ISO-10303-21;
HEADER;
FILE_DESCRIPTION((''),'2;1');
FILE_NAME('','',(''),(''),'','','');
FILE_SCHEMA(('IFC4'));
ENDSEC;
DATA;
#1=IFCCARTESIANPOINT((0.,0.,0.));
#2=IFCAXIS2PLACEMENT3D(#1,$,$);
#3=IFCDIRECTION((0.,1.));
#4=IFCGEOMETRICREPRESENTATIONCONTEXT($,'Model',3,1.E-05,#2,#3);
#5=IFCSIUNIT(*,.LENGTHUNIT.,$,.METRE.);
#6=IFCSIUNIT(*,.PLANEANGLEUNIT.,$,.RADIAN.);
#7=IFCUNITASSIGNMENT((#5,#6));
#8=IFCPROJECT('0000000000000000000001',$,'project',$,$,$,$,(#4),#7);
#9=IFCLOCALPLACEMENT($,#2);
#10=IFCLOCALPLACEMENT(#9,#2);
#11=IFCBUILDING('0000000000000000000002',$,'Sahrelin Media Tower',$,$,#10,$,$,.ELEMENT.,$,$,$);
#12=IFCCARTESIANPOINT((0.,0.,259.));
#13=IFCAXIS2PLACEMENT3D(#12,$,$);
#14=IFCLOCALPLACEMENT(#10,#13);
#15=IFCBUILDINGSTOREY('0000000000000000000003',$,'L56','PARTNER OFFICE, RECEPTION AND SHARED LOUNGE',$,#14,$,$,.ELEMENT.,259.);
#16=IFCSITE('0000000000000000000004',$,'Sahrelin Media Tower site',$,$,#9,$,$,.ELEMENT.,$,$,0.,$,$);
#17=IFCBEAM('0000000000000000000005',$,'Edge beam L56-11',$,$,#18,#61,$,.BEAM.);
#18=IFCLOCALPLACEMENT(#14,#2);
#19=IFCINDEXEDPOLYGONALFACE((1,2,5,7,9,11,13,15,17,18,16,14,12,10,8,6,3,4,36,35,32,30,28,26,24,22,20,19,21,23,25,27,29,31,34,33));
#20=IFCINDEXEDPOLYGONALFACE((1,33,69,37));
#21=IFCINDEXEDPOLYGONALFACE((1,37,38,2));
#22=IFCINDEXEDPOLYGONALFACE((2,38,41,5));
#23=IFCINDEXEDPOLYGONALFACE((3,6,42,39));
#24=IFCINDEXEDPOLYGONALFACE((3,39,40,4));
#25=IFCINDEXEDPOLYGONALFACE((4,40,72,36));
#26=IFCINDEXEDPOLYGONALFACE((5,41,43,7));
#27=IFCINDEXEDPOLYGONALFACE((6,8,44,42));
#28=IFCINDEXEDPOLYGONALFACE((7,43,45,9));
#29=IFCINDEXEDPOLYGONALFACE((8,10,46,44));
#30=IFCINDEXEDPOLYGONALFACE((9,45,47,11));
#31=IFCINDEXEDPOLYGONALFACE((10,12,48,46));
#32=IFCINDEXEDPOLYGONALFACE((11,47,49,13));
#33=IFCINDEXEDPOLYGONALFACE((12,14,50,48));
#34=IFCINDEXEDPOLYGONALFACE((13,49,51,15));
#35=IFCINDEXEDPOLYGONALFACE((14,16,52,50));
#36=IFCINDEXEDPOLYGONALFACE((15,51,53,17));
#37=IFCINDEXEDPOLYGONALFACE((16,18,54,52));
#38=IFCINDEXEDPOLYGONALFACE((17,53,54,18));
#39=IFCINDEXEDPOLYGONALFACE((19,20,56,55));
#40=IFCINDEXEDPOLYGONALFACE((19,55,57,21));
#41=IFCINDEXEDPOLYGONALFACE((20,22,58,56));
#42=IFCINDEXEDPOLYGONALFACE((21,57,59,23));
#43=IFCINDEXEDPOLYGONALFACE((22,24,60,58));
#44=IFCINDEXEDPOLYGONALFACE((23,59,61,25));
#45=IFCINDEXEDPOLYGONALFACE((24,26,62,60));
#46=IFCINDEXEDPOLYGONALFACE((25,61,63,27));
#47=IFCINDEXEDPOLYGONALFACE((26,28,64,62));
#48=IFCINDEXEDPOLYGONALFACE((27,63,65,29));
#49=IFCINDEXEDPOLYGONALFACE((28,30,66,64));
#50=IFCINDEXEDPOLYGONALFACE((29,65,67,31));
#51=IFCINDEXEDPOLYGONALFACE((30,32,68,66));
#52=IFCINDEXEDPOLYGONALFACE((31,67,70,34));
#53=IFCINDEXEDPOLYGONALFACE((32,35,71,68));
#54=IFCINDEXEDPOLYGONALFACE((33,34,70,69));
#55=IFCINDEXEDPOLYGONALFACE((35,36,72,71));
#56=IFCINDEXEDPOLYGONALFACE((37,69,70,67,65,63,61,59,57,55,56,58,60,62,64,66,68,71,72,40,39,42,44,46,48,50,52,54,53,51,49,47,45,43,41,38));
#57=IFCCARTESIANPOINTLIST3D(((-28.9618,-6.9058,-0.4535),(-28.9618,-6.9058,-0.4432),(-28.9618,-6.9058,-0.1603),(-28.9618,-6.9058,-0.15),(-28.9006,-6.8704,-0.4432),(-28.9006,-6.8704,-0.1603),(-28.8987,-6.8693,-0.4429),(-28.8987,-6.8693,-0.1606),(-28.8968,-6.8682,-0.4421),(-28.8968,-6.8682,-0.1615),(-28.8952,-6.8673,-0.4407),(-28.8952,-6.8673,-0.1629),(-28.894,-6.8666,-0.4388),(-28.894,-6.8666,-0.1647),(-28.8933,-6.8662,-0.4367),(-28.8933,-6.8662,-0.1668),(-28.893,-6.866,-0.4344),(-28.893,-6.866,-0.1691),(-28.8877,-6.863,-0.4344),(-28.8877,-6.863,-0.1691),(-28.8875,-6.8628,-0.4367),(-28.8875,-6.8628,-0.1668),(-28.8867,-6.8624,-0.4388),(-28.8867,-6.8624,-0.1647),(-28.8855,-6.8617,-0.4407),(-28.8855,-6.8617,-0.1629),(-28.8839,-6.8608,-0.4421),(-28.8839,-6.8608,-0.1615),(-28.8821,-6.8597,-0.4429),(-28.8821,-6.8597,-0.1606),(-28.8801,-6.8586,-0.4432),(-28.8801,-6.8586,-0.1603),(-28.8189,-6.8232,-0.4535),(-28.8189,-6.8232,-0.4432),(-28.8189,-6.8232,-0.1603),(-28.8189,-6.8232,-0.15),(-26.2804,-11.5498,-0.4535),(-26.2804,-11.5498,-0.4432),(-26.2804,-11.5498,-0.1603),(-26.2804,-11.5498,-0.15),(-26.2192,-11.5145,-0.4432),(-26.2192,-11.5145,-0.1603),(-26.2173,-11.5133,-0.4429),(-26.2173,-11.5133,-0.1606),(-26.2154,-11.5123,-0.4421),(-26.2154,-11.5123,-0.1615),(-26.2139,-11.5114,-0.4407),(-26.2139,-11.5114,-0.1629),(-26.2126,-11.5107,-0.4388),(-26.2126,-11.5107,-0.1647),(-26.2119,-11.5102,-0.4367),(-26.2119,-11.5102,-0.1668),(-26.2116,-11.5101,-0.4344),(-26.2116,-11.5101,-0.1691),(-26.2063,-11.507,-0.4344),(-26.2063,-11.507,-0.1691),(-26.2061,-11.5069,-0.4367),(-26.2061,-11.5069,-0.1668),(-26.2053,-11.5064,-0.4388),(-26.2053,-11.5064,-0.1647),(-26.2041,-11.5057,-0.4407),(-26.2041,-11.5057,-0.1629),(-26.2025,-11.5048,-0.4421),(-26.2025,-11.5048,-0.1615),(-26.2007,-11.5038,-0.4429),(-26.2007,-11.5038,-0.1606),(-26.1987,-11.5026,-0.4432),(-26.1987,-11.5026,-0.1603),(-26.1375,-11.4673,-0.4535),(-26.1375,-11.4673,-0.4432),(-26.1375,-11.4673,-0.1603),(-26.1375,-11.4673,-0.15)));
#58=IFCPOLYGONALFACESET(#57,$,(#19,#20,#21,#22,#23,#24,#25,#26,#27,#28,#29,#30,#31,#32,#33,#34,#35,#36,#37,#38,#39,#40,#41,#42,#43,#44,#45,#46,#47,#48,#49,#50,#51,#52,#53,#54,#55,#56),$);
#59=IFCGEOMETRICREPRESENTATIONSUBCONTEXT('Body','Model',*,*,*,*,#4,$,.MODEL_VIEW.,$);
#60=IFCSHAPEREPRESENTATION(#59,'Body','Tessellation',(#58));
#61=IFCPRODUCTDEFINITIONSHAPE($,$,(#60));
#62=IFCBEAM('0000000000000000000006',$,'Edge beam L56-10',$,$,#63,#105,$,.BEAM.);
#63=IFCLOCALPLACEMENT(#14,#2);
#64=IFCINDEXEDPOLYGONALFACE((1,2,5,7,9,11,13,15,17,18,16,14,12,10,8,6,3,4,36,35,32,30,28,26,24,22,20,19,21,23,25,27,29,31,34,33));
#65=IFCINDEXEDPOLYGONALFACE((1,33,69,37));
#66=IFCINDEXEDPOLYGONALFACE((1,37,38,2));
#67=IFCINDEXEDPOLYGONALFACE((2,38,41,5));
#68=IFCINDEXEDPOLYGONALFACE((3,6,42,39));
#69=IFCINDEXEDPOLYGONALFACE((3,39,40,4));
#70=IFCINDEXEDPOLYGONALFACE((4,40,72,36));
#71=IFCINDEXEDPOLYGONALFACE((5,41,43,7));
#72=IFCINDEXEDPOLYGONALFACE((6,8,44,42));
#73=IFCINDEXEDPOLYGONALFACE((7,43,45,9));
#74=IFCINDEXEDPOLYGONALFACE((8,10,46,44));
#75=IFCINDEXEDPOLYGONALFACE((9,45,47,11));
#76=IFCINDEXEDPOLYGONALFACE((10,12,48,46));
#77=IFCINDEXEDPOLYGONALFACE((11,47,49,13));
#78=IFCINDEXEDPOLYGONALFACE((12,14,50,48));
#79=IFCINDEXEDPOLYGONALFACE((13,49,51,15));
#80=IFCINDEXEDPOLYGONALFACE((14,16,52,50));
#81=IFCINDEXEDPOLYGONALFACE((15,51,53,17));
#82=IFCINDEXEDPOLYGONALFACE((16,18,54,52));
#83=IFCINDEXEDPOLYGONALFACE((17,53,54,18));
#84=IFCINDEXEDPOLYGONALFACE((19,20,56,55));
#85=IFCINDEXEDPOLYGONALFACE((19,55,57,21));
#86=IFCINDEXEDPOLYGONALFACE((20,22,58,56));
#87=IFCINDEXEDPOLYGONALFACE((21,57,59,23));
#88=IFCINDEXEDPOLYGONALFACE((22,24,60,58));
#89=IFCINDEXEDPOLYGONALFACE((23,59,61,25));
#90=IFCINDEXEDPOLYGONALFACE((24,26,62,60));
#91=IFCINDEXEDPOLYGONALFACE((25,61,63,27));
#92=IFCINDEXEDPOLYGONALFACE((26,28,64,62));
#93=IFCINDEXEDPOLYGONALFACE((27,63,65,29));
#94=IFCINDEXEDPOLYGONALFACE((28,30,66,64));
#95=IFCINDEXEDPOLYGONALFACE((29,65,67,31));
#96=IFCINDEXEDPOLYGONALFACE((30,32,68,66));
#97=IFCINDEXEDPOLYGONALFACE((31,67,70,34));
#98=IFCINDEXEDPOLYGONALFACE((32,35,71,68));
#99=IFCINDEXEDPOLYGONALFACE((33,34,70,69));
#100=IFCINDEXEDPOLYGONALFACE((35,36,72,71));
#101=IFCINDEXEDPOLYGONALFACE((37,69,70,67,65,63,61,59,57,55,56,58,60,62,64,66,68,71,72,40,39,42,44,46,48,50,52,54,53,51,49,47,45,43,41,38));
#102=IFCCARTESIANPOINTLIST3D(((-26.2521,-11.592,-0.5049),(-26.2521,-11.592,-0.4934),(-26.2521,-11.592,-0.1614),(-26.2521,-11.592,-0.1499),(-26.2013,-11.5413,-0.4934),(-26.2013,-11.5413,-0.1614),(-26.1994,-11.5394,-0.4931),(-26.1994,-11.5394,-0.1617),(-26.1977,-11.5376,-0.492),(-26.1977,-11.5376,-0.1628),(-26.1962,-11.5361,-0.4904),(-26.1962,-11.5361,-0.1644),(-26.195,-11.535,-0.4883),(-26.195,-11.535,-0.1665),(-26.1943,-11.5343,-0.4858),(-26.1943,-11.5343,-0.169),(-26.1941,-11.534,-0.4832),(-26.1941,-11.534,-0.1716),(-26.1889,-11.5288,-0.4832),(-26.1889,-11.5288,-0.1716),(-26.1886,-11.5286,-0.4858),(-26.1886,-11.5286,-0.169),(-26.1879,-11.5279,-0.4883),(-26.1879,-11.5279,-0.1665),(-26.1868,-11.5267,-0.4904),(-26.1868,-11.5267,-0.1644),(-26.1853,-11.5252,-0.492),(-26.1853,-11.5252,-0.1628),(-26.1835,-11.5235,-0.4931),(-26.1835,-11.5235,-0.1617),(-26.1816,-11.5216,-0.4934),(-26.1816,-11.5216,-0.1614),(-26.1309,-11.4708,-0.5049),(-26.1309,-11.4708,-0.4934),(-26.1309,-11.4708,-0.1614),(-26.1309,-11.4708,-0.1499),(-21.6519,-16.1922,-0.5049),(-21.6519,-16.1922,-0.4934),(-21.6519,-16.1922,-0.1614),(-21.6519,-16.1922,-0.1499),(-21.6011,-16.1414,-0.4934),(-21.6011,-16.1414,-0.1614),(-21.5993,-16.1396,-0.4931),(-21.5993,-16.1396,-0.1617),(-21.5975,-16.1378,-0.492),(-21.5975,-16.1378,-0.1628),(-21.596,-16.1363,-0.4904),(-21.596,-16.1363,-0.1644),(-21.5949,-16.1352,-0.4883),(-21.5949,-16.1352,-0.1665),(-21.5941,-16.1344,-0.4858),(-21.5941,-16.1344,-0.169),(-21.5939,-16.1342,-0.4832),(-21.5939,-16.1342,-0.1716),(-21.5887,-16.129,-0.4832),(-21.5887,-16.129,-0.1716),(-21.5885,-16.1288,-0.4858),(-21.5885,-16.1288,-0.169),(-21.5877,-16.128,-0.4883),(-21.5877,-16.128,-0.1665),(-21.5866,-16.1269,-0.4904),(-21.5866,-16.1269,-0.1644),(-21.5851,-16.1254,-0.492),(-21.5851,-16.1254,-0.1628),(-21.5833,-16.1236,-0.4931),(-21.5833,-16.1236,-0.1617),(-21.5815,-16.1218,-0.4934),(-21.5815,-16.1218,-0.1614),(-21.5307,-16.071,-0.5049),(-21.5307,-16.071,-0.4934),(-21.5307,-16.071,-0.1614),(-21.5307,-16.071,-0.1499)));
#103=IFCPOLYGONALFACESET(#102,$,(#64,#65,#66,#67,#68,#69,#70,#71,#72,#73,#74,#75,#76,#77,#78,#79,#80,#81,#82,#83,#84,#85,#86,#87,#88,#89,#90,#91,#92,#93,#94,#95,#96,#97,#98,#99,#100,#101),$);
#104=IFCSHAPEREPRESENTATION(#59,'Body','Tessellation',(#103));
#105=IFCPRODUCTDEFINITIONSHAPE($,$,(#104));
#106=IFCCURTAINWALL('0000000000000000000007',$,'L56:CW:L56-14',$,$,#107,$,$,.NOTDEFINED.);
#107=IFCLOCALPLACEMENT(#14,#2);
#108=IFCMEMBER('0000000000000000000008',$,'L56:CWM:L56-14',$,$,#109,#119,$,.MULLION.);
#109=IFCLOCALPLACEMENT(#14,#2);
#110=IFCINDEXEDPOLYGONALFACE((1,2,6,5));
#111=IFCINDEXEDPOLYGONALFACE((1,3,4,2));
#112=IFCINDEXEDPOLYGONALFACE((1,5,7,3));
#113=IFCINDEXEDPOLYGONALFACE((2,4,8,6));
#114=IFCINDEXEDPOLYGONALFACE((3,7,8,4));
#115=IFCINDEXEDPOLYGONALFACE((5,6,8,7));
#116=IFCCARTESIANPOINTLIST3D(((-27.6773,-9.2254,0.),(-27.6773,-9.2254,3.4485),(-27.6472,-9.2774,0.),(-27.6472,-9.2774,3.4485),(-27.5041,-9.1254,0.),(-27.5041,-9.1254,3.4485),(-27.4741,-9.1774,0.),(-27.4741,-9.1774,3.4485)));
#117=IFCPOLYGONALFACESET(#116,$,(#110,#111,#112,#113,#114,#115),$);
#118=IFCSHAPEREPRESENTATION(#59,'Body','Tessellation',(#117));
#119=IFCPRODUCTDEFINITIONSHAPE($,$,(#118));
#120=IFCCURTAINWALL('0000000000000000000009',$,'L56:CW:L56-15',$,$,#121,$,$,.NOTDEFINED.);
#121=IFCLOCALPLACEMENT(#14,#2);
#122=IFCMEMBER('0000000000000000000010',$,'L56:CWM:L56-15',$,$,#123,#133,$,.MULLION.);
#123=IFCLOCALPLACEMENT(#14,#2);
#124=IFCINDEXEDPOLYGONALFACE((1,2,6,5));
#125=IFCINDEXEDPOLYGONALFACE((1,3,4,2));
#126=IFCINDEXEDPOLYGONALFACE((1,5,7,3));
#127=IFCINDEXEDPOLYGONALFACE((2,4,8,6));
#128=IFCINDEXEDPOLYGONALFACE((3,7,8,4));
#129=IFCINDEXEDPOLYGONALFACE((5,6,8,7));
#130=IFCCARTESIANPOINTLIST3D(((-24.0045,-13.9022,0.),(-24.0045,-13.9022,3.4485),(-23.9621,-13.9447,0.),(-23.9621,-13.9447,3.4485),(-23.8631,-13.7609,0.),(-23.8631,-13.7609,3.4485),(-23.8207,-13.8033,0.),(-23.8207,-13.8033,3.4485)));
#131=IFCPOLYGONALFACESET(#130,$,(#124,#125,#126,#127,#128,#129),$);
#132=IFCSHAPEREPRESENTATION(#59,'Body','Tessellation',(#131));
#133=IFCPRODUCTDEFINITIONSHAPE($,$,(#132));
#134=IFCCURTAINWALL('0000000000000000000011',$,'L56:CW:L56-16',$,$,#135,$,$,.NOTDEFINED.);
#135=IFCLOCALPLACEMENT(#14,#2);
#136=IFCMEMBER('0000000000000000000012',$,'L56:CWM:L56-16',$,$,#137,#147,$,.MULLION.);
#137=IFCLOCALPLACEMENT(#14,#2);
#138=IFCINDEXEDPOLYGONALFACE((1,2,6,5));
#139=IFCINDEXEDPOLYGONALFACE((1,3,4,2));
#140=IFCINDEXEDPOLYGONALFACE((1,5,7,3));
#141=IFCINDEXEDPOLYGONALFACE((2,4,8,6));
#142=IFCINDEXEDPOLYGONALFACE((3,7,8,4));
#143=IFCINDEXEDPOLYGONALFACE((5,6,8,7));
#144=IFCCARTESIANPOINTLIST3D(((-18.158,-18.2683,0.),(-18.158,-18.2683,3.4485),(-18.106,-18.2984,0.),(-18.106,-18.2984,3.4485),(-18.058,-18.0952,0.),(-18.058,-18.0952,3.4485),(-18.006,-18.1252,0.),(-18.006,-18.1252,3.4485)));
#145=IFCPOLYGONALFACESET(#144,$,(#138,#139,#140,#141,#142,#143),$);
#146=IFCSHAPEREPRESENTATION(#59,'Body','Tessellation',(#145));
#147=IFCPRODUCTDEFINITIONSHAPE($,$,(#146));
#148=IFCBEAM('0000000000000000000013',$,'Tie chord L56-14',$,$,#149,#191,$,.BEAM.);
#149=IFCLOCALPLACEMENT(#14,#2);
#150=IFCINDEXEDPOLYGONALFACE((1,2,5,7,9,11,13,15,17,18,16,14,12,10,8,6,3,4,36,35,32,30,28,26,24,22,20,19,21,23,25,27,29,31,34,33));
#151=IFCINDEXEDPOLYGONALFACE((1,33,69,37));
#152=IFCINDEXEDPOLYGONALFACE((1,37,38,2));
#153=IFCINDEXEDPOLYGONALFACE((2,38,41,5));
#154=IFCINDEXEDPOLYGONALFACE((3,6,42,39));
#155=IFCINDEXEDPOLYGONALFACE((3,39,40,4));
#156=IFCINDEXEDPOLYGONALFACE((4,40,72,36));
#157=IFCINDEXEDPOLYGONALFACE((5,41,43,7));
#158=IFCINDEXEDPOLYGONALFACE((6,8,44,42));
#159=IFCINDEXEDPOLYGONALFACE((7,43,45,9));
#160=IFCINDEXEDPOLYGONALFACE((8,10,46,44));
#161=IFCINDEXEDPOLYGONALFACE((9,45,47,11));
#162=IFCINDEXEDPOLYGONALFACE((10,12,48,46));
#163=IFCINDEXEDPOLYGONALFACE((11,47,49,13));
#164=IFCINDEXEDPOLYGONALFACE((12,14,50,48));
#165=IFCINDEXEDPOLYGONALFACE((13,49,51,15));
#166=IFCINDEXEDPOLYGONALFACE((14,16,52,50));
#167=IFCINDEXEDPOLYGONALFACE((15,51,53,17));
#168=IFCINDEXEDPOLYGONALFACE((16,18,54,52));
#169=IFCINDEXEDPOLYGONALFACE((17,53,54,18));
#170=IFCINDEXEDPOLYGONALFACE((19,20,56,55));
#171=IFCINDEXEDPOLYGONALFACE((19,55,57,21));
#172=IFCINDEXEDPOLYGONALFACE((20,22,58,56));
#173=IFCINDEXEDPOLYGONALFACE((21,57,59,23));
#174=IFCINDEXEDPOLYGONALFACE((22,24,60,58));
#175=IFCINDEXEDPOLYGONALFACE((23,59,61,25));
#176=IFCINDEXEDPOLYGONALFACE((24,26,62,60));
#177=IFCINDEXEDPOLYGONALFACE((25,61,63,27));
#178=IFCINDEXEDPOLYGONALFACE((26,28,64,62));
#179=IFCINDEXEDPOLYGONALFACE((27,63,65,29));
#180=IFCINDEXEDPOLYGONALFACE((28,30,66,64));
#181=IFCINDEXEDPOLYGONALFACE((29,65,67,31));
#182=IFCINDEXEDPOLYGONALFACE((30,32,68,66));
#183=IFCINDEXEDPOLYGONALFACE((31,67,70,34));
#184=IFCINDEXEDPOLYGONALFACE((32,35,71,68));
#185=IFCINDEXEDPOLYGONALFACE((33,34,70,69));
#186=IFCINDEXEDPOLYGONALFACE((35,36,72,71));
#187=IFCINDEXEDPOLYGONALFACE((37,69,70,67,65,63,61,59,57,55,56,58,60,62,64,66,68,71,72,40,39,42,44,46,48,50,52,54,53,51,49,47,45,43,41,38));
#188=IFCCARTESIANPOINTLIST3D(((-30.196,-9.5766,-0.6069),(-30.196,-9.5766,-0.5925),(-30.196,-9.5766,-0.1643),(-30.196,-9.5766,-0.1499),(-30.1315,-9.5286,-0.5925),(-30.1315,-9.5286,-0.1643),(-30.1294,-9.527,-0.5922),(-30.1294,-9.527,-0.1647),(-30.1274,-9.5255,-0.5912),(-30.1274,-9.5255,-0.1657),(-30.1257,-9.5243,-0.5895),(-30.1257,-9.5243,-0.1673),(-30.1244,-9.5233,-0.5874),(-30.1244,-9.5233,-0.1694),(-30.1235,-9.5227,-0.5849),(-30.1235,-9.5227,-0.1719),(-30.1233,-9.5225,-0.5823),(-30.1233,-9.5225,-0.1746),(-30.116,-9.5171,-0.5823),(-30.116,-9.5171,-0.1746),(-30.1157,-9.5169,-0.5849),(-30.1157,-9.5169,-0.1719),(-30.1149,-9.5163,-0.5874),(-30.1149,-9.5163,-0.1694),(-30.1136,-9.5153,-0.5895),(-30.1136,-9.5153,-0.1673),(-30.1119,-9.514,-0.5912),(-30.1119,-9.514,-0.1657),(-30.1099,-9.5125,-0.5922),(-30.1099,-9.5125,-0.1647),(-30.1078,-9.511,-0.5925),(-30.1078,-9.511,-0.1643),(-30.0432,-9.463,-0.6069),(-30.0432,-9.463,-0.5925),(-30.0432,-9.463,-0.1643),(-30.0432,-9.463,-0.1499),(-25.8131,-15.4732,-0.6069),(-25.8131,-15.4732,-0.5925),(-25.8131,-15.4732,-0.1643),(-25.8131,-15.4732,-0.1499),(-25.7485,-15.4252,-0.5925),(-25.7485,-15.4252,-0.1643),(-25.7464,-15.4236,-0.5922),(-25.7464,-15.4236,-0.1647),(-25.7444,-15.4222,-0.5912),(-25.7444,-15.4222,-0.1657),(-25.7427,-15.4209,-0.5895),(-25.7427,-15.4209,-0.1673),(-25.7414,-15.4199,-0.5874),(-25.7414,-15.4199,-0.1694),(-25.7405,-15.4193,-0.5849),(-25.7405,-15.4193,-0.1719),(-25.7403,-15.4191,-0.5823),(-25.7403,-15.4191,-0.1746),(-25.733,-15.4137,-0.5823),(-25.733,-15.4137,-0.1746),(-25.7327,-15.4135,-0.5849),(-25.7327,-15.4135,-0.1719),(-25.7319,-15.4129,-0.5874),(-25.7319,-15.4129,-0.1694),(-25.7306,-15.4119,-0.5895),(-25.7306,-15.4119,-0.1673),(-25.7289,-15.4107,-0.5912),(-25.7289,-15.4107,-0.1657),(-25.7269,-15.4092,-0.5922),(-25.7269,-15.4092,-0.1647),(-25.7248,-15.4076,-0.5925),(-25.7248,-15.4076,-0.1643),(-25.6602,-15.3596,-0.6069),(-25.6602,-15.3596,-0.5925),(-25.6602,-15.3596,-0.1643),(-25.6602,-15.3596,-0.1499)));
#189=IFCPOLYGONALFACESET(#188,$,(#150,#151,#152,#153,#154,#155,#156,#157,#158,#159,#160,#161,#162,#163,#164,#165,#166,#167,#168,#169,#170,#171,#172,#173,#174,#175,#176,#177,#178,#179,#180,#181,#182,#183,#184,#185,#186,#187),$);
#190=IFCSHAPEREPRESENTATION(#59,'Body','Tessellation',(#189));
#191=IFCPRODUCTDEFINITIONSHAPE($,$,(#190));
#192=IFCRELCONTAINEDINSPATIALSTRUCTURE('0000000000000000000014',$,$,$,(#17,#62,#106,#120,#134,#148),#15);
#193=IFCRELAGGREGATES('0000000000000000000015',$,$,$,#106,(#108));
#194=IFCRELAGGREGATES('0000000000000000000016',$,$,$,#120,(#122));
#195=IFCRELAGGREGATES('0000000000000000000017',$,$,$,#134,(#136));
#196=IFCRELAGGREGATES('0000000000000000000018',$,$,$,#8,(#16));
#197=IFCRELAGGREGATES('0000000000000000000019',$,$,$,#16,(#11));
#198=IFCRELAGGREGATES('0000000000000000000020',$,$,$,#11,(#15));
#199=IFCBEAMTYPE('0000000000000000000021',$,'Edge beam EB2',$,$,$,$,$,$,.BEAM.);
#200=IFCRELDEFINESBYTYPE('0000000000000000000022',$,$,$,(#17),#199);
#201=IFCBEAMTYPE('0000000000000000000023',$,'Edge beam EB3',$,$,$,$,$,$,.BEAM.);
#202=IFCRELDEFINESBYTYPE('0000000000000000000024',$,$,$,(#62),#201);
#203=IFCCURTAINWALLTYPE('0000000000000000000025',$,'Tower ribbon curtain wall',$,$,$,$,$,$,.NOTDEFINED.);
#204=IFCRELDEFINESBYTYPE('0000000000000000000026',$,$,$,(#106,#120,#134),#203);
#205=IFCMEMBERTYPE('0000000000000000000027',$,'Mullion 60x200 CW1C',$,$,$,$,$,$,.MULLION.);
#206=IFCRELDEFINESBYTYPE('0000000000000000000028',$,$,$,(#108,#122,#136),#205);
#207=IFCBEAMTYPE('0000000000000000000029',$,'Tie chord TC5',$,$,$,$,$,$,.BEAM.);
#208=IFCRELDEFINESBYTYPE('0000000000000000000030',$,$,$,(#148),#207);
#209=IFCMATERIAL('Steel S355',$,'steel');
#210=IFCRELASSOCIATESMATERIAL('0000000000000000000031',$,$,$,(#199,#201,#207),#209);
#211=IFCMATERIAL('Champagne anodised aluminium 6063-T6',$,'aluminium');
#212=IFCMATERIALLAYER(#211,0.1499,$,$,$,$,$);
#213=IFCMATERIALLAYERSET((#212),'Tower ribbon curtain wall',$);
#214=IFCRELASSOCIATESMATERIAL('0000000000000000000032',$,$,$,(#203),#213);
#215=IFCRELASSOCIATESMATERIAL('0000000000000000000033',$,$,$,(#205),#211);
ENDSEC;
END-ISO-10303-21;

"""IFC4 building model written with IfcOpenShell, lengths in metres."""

from ifc_helpers import new_model, si_unit, direction, frame, origin, origin_2d, place, context, subcontext, project, spatial, rectangle, i_section, extrude, material, layer, layer_set, material_profile, profile_set, type_object, element, aggregate, save


model = new_model("IFC4")

# Units and contexts
model_context = context("Model", 3, precision=1e-05, world=origin(), true_north=direction((0.0, 1.0)))
body_context = subcontext(model_context, "Body", "Model", "MODEL_VIEW")
ifc_project = project(units=[si_unit("LENGTHUNIT", "METRE"), si_unit("PLANEANGLEUNIT", "RADIAN")], contexts=[model_context])

# Site, building, storey
site_placement = place(None, origin())
site = spatial("IfcSite", under=ifc_project, at=site_placement, Name="Sahrelin Media Tower site", CompositionType="ELEMENT", RefElevation=0.0)
building_placement = place(site_placement, origin())
building = spatial("IfcBuilding", under=site, at=building_placement, Name="Sahrelin Media Tower", CompositionType="ELEMENT")
storey_placement = place(building_placement, frame((0.0, 0.0, 259.0)))
storey = spatial("IfcBuildingStorey", under=building, at=storey_placement, Name="L56", Description="PARTNER OFFICE, RECEPTION AND SHARED LOUNGE", CompositionType="ELEMENT", Elevation=259.0)

# Beams
ifc_material_1 = material(Name="Steel S355", Category="steel")
ifc_material_profile_1 = material_profile(ifc_material_1, i_section(OverallWidth=0.165, OverallDepth=0.3035, WebThickness=0.0061, FlangeThickness=0.0103, FilletRadius=0.0088, at=origin_2d()), Name="UB 305x165x40")
ifc_profile_set_1 = profile_set([ifc_material_profile_1], Name="Steel S355")
beam_type_1 = type_object("IfcBeamType", Name="Edge beam EB2", PredefinedType="BEAM", material=ifc_profile_set_1)
beam_1_placement = place(storey_placement, frame((-26.209, -11.5085, -0.3018), z_axis=(-0.500022, 0.866013, 0.0), x_axis=(-0.866013, -0.500022, 0.0)))
element("IfcBeam", 1, at=beam_1_placement, inside=storey, type_object=beam_type_1, Name="Edge beam L56-11", PredefinedType="BEAM", context=body_context, shape_type="SweptSolid", body=[
    extrude(i_section(OverallWidth=0.165, OverallDepth=0.3035, WebThickness=0.0061, FlangeThickness=0.0103, FilletRadius=0.0088, at=origin_2d()), origin(), (0.0, 0.0, 1.0), 5.3625),
])
ifc_material_profile_2 = material_profile(ifc_material_1, i_section(OverallWidth=0.1714, OverallDepth=0.355, WebThickness=0.0073, FlangeThickness=0.0115, FilletRadius=0.0103, at=origin_2d()), Name="UB 356x171x51")
ifc_profile_set_2 = profile_set([ifc_material_profile_2], Name="Steel S355")
beam_type_2 = type_object("IfcBeamType", Name="Edge beam EB3", PredefinedType="BEAM", material=ifc_profile_set_2)
beam_2_placement = place(storey_placement, frame((-21.5913, -16.1316, -0.3274), z_axis=(-0.707107, 0.707107, 0.0), x_axis=(-0.707107, -0.707107, 0.0)))
element("IfcBeam", 2, at=beam_2_placement, inside=storey, type_object=beam_type_2, Name="Edge beam L56-10", PredefinedType="BEAM", context=body_context, shape_type="SweptSolid", body=[
    extrude(i_section(OverallWidth=0.1714, OverallDepth=0.355, WebThickness=0.0073, FlangeThickness=0.0115, FilletRadius=0.0103, at=origin_2d()), origin(), (0.0, 0.0, 1.0), 6.5056),
])

# Curtain walls, members
ifc_material_2 = material(Name="Champagne anodised aluminium 6063-T6", Category="aluminium")
ifc_layer_1 = layer(ifc_material_2, 0.1499)
ifc_layer_set_1 = layer_set([ifc_layer_1], Name="Tower ribbon curtain wall")
curtain_wall_type = type_object("IfcCurtainWallType", Name="Tower ribbon curtain wall", PredefinedType="NOTDEFINED", material=ifc_layer_set_1)
curtain_wall_1_placement = place(storey_placement, frame((-27.6794, -9.2615, 0.0), z_axis=(0.0, 0.0, 1.0), x_axis=(1.0, 0.0, 0.0)))
curtain_wall_1 = element("IfcCurtainWall", 3, at=curtain_wall_1_placement, inside=storey, type_object=curtain_wall_type, Name="L56:CW:L56-14", PredefinedType="NOTDEFINED")
ifc_material_profile_3 = material_profile(ifc_material_2, rectangle(XDim=0.0601, YDim=0.2, at=origin_2d()), Name="Mullion 60x200")
ifc_profile_set_3 = profile_set([ifc_material_profile_3], Name="Champagne anodised aluminium 6063-T6")
member_type_1 = type_object("IfcMemberType", Name="Mullion 60x200 CW1C", PredefinedType="MULLION", material=ifc_profile_set_3)
member_1_placement = place(storey_placement, frame((-27.5757, -9.2014, 0.0), z_axis=(0.0, 0.0, 1.0), x_axis=(0.500011, -0.866019, 0.0)))
member_1 = element("IfcMember", 4, at=member_1_placement, type_object=member_type_1, Name="L56:CWM:L56-14", PredefinedType="MULLION", context=body_context, shape_type="SweptSolid", body=[
    extrude(rectangle(XDim=0.0601, YDim=0.2, at=origin_2d()), origin(), (0.0, 0.0, 1.0), 3.4485),
])
aggregate(curtain_wall_1, [member_1])
curtain_wall_2_placement = place(storey_placement, frame((-23.9973, -13.9375, 0.0), z_axis=(0.0, 0.0, 1.0), x_axis=(1.0, 0.0, 0.0)))
curtain_wall_2 = element("IfcCurtainWall", 5, at=curtain_wall_2_placement, inside=storey, type_object=curtain_wall_type, Name="L56:CW:L56-15", PredefinedType="NOTDEFINED")
member_2_placement = place(storey_placement, frame((-23.9126, -13.8528, 0.0), z_axis=(0.0, 0.0, 1.0), x_axis=(0.707107, -0.707107, 0.0)))
member_2 = element("IfcMember", 6, at=member_2_placement, type_object=member_type_1, Name="L56:CWM:L56-15", PredefinedType="MULLION", context=body_context, shape_type="SweptSolid", body=[
    extrude(rectangle(XDim=0.0601, YDim=0.2, at=origin_2d()), origin(), (0.0, 0.0, 1.0), 3.4485),
])
curtain_wall_3_placement = place(storey_placement, frame((-18.1421, -18.3005, 0.0), z_axis=(0.0, 0.0, 1.0), x_axis=(1.0, 0.0, 0.0)))
curtain_wall_3 = element("IfcCurtainWall", 7, at=curtain_wall_3_placement, inside=storey, type_object=curtain_wall_type, Name="L56:CW:L56-16", PredefinedType="NOTDEFINED")
member_3_placement = place(storey_placement, frame((-18.082, -18.1968, 0.0), z_axis=(0.0, 0.0, 1.0), x_axis=(0.86602, -0.500009, 0.0)))
member_3 = element("IfcMember", 8, at=member_3_placement, type_object=member_type_1, Name="L56:CWM:L56-16", PredefinedType="MULLION", context=body_context, shape_type="SweptSolid", body=[
    extrude(rectangle(XDim=0.0601, YDim=0.2, at=origin_2d()), origin(), (0.0, 0.0, 1.0), 3.4485),
])

# Beam
ifc_material_profile_4 = material_profile(ifc_material_1, i_section(OverallWidth=0.1904, OverallDepth=0.457, WebThickness=0.009, FlangeThickness=0.0144, FilletRadius=0.0103, at=origin_2d()), Name="UB 457x191x74")
ifc_profile_set_4 = profile_set([ifc_material_profile_4], Name="Steel S355")
beam_type_3 = type_object("IfcBeamType", Name="Tie chord TC5", PredefinedType="BEAM", material=ifc_profile_set_4)
beam_3_placement = place(storey_placement, frame((-30.1196, -9.5198, -0.3784), z_axis=(0.596555, -0.802572, 0.0), x_axis=(0.802572, 0.596555, 0.0)))
element("IfcBeam", 9, at=beam_3_placement, inside=storey, type_object=beam_type_3, Name="Tie chord L56-14", PredefinedType="BEAM", context=body_context, shape_type="SweptSolid", body=[
    extrude(i_section(OverallWidth=0.1904, OverallDepth=0.457, WebThickness=0.009, FlangeThickness=0.0144, FilletRadius=0.0103, at=origin_2d()), origin(), (0.0, 0.0, 1.0), 7.3472),
])

aggregate(curtain_wall_2, [member_2])
aggregate(curtain_wall_3, [member_3])

save(model, "model.ifc")
